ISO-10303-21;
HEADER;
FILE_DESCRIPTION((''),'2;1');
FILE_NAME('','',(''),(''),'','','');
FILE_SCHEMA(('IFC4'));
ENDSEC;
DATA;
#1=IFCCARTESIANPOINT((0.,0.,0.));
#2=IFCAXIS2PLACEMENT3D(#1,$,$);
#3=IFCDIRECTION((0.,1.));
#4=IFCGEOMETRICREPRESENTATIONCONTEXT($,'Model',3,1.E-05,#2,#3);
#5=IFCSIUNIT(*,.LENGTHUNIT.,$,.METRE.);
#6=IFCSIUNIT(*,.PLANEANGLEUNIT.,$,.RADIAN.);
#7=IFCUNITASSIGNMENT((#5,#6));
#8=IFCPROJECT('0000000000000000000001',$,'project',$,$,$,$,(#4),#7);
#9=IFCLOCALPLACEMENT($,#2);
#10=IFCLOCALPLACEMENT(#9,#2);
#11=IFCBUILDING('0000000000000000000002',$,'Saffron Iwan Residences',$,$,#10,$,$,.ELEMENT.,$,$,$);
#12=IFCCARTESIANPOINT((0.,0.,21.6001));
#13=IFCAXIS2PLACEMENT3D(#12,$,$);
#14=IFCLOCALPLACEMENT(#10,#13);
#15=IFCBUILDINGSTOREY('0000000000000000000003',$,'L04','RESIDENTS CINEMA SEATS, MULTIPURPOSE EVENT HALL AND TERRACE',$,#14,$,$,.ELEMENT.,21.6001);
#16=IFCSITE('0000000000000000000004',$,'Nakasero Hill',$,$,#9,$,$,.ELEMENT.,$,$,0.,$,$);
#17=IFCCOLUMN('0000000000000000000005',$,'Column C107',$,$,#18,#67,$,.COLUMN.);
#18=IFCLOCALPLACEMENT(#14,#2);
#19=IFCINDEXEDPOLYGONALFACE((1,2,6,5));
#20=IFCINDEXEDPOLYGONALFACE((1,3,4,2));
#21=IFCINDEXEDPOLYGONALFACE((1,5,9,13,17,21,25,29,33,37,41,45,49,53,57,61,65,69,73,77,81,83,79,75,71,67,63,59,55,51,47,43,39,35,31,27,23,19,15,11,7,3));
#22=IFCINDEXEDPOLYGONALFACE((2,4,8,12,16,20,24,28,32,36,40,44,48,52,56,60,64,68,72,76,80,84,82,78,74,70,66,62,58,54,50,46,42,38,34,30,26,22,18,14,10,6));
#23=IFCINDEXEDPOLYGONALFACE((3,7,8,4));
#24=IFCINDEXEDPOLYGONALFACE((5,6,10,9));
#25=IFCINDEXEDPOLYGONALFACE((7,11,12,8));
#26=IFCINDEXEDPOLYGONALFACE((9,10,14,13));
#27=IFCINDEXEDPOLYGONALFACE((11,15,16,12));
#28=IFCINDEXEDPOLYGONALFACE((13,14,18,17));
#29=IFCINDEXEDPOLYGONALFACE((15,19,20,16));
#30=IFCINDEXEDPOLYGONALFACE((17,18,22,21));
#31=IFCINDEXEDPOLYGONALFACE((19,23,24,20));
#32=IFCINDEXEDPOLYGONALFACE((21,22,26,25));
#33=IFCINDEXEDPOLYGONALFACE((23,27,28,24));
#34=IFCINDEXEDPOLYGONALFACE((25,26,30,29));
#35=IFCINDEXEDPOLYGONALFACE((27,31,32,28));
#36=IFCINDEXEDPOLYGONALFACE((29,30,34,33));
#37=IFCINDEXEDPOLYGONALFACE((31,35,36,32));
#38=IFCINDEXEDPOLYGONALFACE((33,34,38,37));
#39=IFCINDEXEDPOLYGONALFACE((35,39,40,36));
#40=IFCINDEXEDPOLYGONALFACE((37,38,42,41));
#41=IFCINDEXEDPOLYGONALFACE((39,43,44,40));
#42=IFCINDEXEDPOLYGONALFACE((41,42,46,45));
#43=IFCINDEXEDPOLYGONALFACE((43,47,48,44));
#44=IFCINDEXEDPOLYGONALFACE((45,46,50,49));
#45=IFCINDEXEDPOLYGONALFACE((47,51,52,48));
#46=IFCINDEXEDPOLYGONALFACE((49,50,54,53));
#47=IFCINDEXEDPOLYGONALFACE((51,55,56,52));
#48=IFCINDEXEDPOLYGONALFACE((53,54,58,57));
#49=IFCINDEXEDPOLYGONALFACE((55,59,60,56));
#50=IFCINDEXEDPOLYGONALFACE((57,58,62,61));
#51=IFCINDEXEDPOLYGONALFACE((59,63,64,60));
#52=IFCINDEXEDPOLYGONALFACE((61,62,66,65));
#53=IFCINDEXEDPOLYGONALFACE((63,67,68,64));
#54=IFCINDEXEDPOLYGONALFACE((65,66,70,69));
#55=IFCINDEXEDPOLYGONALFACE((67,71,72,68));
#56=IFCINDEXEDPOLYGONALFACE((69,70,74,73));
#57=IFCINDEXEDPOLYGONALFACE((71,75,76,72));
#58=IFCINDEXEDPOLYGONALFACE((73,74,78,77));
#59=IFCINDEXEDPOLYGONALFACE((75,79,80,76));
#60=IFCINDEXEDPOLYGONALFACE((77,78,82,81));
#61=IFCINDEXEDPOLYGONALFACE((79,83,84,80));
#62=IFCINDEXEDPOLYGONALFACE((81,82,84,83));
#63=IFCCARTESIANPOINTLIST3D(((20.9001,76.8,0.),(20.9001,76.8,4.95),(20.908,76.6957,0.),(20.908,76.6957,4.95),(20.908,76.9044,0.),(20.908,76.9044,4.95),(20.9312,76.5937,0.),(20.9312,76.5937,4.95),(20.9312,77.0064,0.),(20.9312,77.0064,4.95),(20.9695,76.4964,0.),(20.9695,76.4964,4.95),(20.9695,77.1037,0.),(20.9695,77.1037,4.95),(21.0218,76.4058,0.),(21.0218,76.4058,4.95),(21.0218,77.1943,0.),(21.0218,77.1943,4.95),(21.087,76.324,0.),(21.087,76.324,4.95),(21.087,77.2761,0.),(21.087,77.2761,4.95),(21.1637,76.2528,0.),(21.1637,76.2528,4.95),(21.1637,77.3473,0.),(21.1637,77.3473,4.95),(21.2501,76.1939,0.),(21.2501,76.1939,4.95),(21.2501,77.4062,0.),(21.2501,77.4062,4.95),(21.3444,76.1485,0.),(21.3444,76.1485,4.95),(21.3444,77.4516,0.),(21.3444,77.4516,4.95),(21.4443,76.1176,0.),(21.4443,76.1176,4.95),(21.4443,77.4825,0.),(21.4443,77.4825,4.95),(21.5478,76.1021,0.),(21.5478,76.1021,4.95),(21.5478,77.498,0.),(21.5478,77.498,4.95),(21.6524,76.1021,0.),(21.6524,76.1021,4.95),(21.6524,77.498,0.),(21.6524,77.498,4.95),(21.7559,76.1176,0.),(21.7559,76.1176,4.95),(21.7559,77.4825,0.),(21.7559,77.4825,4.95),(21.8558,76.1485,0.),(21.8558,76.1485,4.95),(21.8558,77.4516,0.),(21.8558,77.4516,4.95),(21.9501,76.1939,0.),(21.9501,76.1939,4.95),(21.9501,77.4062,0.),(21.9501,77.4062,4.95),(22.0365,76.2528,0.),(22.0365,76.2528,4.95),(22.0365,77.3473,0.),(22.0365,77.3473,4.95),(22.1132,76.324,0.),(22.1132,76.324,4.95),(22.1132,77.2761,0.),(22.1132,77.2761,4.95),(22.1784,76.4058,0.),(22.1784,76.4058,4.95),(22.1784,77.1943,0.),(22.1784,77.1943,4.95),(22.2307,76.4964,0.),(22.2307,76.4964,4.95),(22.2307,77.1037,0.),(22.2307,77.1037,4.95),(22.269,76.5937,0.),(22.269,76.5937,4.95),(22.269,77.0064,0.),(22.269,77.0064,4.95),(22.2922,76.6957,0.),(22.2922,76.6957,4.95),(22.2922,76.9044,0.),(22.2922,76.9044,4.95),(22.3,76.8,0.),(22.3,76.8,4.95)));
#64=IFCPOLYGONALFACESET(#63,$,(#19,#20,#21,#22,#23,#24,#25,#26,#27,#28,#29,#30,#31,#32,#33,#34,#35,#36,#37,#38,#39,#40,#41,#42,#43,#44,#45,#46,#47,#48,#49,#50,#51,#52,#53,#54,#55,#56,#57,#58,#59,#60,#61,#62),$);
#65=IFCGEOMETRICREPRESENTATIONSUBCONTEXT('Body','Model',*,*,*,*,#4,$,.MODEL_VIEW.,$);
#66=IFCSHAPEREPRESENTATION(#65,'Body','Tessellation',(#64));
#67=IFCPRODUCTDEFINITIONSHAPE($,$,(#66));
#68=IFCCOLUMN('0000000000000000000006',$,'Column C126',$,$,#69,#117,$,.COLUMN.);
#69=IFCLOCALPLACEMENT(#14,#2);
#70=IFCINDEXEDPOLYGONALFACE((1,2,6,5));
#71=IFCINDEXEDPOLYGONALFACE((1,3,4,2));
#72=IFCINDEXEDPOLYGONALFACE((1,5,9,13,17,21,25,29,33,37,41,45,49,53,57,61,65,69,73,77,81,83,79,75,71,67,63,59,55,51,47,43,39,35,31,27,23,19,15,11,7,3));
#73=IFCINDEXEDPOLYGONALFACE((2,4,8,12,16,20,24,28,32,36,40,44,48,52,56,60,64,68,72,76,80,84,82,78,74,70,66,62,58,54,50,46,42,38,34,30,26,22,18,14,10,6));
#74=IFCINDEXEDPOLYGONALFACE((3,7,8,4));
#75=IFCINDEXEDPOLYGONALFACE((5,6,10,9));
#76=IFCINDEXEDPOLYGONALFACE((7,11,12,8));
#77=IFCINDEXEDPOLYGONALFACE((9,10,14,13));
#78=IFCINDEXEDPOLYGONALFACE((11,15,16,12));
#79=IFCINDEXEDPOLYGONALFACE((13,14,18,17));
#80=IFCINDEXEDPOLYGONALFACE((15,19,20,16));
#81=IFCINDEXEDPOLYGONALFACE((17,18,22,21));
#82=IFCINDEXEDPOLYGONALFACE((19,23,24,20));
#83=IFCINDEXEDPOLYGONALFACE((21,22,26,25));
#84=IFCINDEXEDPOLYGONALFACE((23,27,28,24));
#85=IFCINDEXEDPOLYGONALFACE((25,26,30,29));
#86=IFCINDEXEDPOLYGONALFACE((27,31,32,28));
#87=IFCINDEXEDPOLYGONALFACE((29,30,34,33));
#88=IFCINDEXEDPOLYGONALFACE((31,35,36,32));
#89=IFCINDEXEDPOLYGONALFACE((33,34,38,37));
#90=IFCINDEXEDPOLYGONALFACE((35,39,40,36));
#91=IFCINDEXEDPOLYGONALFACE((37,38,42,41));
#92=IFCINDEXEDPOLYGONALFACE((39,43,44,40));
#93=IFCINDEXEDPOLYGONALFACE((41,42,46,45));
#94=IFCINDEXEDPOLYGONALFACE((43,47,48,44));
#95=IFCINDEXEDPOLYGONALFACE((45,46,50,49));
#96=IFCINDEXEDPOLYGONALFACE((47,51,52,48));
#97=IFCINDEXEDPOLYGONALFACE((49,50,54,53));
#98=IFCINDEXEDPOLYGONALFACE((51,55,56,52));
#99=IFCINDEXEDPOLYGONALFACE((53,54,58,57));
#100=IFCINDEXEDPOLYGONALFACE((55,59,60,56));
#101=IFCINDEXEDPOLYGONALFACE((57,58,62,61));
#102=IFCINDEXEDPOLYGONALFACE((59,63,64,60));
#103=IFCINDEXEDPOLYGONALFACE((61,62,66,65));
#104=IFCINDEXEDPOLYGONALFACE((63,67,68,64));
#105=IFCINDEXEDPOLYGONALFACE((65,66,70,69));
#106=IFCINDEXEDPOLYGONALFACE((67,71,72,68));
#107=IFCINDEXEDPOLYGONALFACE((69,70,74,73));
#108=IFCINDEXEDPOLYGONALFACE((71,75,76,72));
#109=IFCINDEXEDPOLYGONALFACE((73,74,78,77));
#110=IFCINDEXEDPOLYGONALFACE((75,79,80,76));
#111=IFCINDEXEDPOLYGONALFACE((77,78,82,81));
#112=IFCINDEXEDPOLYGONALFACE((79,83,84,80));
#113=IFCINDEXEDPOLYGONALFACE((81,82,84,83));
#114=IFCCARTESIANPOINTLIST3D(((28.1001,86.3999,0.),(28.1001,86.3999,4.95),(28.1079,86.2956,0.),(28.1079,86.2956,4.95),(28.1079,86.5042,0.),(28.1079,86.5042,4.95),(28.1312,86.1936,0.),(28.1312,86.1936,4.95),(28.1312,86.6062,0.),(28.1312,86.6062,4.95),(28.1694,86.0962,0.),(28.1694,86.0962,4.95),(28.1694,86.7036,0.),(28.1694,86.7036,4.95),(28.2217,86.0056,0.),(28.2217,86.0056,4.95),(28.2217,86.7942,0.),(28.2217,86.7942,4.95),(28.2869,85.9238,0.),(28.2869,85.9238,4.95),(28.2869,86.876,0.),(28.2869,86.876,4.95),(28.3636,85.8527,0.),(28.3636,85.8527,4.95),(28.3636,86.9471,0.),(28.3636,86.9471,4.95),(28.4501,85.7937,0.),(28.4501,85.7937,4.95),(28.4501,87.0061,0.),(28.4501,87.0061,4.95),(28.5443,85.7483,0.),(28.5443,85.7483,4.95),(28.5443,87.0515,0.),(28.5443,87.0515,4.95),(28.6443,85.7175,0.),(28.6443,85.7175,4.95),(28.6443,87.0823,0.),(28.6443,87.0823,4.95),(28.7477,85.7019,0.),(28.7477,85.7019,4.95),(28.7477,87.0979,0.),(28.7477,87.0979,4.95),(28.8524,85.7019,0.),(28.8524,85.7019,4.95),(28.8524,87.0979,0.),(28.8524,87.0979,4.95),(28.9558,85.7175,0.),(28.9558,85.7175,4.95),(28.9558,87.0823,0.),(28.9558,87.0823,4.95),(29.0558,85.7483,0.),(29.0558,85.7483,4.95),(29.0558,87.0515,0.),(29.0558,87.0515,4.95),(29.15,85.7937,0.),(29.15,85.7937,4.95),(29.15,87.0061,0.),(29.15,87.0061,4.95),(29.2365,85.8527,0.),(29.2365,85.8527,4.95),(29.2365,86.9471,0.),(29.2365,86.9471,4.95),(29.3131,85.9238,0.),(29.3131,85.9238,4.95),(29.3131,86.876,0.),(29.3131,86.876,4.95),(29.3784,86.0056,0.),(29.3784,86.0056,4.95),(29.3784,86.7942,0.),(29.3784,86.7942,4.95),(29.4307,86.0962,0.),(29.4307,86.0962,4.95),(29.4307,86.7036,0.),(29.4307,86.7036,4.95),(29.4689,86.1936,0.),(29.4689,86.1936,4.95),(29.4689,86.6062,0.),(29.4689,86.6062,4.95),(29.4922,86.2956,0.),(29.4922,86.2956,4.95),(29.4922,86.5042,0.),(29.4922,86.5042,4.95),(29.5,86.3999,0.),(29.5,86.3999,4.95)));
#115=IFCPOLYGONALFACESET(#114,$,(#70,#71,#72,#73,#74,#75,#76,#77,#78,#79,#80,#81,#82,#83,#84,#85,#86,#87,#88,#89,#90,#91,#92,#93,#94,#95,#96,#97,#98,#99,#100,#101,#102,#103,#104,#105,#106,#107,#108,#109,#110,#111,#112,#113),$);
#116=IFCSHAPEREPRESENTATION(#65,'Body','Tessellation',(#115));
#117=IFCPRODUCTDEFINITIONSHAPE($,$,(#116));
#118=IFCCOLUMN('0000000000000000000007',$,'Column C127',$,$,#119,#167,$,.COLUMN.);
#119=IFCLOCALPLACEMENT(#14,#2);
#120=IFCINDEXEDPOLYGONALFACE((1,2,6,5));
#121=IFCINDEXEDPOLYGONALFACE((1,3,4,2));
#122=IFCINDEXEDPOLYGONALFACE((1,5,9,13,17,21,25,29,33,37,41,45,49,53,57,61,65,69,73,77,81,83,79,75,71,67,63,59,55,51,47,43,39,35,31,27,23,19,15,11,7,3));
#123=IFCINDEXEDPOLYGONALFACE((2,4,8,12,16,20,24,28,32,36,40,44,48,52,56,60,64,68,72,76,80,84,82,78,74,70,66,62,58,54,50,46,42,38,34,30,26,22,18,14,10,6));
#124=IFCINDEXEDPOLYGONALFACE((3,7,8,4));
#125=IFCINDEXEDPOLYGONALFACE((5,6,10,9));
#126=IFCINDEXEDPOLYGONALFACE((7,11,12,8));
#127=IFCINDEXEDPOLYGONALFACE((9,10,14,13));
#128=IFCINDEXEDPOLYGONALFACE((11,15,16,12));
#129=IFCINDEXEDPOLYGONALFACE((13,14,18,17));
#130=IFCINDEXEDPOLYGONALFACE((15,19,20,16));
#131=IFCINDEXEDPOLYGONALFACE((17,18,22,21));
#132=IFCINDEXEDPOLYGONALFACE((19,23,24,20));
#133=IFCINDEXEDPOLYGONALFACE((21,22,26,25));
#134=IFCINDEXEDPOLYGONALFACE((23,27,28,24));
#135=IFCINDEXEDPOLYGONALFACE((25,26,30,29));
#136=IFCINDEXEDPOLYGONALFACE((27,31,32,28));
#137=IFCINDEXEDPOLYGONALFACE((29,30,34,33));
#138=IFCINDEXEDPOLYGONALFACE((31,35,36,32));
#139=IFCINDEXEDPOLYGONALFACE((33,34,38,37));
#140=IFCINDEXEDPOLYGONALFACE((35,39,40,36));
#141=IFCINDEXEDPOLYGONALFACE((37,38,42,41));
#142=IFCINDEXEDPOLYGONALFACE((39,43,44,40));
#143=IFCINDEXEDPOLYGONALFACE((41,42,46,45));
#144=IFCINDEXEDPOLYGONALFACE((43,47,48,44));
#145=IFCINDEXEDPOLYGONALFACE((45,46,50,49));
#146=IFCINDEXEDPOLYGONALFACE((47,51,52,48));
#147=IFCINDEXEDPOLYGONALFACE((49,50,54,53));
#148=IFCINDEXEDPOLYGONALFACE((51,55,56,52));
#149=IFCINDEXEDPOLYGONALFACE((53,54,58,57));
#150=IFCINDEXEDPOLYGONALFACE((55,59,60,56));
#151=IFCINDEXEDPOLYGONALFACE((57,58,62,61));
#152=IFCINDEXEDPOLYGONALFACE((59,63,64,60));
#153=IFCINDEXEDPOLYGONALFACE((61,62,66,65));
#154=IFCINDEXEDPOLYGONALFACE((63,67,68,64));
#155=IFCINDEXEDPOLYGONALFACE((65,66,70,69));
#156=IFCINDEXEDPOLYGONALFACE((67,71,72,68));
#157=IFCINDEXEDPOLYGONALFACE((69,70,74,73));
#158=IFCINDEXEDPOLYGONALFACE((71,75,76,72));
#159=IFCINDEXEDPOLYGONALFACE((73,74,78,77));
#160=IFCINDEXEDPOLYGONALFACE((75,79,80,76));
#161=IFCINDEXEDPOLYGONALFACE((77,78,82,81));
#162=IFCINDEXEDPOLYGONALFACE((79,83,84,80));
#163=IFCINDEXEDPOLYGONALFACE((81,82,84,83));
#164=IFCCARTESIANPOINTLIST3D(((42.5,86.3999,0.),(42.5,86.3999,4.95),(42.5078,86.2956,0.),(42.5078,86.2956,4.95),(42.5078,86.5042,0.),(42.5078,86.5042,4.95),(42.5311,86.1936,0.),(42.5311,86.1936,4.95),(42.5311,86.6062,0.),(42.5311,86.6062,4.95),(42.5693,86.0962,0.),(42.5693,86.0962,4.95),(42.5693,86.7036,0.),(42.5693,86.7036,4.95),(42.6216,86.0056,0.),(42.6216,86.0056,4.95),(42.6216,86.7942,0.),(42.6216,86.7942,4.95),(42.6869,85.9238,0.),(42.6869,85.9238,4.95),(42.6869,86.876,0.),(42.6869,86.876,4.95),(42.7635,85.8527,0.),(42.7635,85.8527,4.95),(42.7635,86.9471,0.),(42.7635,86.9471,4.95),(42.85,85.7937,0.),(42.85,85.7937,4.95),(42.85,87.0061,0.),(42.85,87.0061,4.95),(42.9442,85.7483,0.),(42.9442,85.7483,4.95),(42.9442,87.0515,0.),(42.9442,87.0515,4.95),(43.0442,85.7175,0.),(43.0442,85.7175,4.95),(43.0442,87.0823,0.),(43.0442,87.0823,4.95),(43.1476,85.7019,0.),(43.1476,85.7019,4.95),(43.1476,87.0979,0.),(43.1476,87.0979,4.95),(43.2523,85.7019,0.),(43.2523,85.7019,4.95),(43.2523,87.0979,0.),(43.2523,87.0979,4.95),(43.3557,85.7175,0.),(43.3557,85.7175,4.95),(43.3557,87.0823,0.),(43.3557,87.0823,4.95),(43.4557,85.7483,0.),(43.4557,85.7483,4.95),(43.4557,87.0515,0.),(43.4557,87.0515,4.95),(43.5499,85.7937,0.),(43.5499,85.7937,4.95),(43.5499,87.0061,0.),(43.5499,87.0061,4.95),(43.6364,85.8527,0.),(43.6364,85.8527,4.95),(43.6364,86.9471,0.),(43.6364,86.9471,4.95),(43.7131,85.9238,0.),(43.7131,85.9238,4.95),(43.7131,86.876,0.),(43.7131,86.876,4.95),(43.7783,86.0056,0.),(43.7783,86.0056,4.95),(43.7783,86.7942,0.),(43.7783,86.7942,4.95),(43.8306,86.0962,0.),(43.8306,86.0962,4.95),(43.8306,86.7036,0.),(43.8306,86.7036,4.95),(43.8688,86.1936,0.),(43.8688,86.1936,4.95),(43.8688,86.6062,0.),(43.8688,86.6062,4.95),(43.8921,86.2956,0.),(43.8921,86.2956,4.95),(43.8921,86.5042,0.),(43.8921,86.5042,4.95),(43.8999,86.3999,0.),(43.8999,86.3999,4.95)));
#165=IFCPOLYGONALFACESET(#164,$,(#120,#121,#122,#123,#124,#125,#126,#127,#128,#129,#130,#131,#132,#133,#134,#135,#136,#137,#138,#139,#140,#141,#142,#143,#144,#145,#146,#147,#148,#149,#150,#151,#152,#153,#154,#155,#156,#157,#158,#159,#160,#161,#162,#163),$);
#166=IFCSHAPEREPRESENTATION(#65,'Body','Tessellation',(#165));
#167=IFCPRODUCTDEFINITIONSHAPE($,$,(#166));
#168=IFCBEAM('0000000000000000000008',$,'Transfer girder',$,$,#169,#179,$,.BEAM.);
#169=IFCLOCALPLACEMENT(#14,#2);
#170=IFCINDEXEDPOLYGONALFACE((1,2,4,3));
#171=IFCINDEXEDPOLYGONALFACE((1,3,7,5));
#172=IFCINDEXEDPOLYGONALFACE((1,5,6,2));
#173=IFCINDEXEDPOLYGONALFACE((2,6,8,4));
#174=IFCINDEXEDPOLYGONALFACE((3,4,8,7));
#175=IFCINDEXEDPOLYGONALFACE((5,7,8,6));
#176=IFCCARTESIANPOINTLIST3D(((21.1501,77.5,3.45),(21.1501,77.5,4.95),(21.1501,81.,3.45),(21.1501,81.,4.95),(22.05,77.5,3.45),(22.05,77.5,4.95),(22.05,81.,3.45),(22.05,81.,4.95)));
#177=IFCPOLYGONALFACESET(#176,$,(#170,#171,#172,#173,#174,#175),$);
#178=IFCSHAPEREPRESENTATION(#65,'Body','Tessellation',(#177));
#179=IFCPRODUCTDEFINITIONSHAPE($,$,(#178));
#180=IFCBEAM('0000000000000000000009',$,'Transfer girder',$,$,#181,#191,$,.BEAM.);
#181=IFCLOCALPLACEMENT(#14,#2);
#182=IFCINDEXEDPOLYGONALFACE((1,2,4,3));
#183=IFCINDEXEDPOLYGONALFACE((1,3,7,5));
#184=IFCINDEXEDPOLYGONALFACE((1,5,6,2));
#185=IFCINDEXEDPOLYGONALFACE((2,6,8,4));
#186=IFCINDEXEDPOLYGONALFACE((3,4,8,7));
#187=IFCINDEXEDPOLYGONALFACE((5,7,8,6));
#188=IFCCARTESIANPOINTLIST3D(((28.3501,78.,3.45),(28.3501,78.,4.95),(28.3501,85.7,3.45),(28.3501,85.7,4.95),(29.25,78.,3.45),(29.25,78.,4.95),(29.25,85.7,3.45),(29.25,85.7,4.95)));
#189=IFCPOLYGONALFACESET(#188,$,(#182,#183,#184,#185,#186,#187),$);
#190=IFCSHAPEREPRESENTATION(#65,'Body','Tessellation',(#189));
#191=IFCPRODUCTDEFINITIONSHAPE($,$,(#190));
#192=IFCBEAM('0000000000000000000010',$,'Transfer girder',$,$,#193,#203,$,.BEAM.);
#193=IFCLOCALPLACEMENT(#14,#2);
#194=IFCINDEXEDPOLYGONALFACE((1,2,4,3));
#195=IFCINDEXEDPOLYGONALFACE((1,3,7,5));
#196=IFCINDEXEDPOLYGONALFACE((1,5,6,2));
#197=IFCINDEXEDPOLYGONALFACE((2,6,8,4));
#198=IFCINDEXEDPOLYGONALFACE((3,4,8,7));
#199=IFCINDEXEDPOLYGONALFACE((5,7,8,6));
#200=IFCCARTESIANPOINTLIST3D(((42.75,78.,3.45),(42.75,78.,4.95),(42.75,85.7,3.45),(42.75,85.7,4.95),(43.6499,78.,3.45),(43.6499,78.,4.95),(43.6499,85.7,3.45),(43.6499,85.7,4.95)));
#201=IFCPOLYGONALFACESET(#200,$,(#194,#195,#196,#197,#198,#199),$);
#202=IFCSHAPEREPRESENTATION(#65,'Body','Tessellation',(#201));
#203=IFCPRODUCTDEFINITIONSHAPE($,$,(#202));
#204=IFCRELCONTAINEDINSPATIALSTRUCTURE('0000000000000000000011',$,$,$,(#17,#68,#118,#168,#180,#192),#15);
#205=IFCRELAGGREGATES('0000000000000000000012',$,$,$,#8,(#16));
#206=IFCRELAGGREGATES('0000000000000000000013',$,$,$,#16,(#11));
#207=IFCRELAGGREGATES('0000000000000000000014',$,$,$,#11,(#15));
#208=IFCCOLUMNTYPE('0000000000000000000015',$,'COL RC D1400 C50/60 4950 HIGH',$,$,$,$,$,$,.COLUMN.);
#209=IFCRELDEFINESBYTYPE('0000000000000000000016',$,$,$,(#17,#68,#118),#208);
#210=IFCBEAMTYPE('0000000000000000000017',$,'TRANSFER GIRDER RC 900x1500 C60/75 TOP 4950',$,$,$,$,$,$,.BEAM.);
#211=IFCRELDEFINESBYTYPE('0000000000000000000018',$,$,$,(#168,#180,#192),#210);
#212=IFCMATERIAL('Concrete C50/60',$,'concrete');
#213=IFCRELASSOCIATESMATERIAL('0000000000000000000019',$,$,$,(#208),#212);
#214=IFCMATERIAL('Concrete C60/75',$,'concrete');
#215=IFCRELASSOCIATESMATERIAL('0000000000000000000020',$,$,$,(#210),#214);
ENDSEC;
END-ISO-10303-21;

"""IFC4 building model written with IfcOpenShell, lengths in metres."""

from ifc_helpers import new_model, si_unit, direction, frame, origin, origin_2d, place, context, subcontext, project, spatial, rectangle, circle, extrude, source, transform, mapped, material, material_profile, profile_set, type_object, element, save


model = new_model("IFC4")

# Units and contexts
model_context = context("Model", 3, precision=1e-05, world=origin(), true_north=direction((0.0, 1.0)))
body_context = subcontext(model_context, "Body", "Model", "MODEL_VIEW")
ifc_project = project(units=[si_unit("LENGTHUNIT", "METRE"), si_unit("PLANEANGLEUNIT", "RADIAN")], contexts=[model_context])

# Site, building, storey
site_placement = place(None, origin())
site = spatial("IfcSite", under=ifc_project, at=site_placement, Name="Nakasero Hill", CompositionType="ELEMENT", RefElevation=0.0)
building_placement = place(site_placement, origin())
building = spatial("IfcBuilding", under=site, at=building_placement, Name="Saffron Iwan Residences", CompositionType="ELEMENT")
storey_placement = place(building_placement, frame((0.0, 0.0, 21.6001)))
storey = spatial("IfcBuildingStorey", under=building, at=storey_placement, Name="L04", Description="RESIDENTS CINEMA SEATS, MULTIPURPOSE EVENT HALL AND TERRACE", CompositionType="ELEMENT", Elevation=21.6001)

# Columns
ifc_material_1 = material(Name="Concrete C50/60", Category="concrete")
ifc_material_profile_1 = material_profile(ifc_material_1, circle(Radius=0.7, at=origin_2d()), Name="RC D1400")
ifc_profile_set_1 = profile_set([ifc_material_profile_1], Name="Concrete C50/60")
column_type = type_object("IfcColumnType", Name="COL RC D1400 C50/60 4950 HIGH", PredefinedType="COLUMN", material=ifc_profile_set_1)
shared_shape_1 = source(origin(), body_context, "Body", "SweptSolid", [
    extrude(circle(Radius=0.7, at=origin_2d()), origin(), (0.0, 0.0, 1.0), 4.95),
])
for number, where, z_axis, x_axis, name in (
    (1, (21.6001, 76.8, 0.0), (0.0, 0.0, 1.0), (1.0, 0.0, 0.0), "Column C107"),
    (2, (28.8, 86.3999, 0.0), (0.0, 0.0, 1.0), (1.0, 0.0, 0.0), "Column C126"),
    (3, (43.2, 86.3999, 0.0), (0.0, 0.0, 1.0), (1.0, 0.0, 0.0), "Column C127"),
):
    element("IfcColumn", number, at=place(storey_placement, frame(where, z_axis=z_axis, x_axis=x_axis)), inside=storey, type_object=column_type, Name=name, PredefinedType="COLUMN", context=body_context, shape_type="MappedRepresentation", body=[
        mapped(shared_shape_1, transform((0.0, 0.0, 0.0))),
    ])

# Beams
ifc_material_2 = material(Name="Concrete C60/75", Category="concrete")
ifc_material_profile_2 = material_profile(ifc_material_2, rectangle(XDim=0.8999, YDim=1.5, at=origin_2d()), Name="RC 900x1500")
ifc_profile_set_2 = profile_set([ifc_material_profile_2], Name="Concrete C60/75")
beam_type_1 = type_object("IfcBeamType", Name="TRANSFER GIRDER RC 900x1500 C60/75 TOP 4950", PredefinedType="BEAM", material=ifc_profile_set_2)
shared_shape_2 = source(origin(), body_context, "Body", "SweptSolid", [
    extrude(rectangle(XDim=0.8999, YDim=1.5, at=origin_2d()), origin(), (0.0, 0.0, 1.0), 3.5),
])
beam_1_placement = place(storey_placement, frame((21.6001, 77.5, 4.2), z_axis=(0.0, 1.0, 0.0), x_axis=(-1.0, 0.0, 0.0)))
element("IfcBeam", 4, at=beam_1_placement, inside=storey, type_object=beam_type_1, Name="Transfer girder", PredefinedType="BEAM", context=body_context, shape_type="MappedRepresentation", body=[
    mapped(shared_shape_2, transform((0.0, 0.0, 0.0))),
])
shared_shape_3 = source(origin(), body_context, "Body", "SweptSolid", [
    extrude(rectangle(XDim=0.8999, YDim=1.5, at=origin_2d()), origin(), (0.0, 0.0, 1.0), 7.7),
])
for number, where, z_axis, x_axis, name in (
    (5, (28.8, 78.0, 4.2), (0.0, 1.0, 0.0), (-1.0, 0.0, 0.0), "Transfer girder"),
    (6, (43.2, 78.0, 4.2), (0.0, 1.0, 0.0), (-1.0, 0.0, 0.0), "Transfer girder"),
):
    element("IfcBeam", number, at=place(storey_placement, frame(where, z_axis=z_axis, x_axis=x_axis)), inside=storey, type_object=beam_type_1, Name=name, PredefinedType="BEAM", context=body_context, shape_type="MappedRepresentation", body=[
        mapped(shared_shape_3, transform((0.0, 0.0, 0.0))),
    ])

save(model, "model.ifc")
